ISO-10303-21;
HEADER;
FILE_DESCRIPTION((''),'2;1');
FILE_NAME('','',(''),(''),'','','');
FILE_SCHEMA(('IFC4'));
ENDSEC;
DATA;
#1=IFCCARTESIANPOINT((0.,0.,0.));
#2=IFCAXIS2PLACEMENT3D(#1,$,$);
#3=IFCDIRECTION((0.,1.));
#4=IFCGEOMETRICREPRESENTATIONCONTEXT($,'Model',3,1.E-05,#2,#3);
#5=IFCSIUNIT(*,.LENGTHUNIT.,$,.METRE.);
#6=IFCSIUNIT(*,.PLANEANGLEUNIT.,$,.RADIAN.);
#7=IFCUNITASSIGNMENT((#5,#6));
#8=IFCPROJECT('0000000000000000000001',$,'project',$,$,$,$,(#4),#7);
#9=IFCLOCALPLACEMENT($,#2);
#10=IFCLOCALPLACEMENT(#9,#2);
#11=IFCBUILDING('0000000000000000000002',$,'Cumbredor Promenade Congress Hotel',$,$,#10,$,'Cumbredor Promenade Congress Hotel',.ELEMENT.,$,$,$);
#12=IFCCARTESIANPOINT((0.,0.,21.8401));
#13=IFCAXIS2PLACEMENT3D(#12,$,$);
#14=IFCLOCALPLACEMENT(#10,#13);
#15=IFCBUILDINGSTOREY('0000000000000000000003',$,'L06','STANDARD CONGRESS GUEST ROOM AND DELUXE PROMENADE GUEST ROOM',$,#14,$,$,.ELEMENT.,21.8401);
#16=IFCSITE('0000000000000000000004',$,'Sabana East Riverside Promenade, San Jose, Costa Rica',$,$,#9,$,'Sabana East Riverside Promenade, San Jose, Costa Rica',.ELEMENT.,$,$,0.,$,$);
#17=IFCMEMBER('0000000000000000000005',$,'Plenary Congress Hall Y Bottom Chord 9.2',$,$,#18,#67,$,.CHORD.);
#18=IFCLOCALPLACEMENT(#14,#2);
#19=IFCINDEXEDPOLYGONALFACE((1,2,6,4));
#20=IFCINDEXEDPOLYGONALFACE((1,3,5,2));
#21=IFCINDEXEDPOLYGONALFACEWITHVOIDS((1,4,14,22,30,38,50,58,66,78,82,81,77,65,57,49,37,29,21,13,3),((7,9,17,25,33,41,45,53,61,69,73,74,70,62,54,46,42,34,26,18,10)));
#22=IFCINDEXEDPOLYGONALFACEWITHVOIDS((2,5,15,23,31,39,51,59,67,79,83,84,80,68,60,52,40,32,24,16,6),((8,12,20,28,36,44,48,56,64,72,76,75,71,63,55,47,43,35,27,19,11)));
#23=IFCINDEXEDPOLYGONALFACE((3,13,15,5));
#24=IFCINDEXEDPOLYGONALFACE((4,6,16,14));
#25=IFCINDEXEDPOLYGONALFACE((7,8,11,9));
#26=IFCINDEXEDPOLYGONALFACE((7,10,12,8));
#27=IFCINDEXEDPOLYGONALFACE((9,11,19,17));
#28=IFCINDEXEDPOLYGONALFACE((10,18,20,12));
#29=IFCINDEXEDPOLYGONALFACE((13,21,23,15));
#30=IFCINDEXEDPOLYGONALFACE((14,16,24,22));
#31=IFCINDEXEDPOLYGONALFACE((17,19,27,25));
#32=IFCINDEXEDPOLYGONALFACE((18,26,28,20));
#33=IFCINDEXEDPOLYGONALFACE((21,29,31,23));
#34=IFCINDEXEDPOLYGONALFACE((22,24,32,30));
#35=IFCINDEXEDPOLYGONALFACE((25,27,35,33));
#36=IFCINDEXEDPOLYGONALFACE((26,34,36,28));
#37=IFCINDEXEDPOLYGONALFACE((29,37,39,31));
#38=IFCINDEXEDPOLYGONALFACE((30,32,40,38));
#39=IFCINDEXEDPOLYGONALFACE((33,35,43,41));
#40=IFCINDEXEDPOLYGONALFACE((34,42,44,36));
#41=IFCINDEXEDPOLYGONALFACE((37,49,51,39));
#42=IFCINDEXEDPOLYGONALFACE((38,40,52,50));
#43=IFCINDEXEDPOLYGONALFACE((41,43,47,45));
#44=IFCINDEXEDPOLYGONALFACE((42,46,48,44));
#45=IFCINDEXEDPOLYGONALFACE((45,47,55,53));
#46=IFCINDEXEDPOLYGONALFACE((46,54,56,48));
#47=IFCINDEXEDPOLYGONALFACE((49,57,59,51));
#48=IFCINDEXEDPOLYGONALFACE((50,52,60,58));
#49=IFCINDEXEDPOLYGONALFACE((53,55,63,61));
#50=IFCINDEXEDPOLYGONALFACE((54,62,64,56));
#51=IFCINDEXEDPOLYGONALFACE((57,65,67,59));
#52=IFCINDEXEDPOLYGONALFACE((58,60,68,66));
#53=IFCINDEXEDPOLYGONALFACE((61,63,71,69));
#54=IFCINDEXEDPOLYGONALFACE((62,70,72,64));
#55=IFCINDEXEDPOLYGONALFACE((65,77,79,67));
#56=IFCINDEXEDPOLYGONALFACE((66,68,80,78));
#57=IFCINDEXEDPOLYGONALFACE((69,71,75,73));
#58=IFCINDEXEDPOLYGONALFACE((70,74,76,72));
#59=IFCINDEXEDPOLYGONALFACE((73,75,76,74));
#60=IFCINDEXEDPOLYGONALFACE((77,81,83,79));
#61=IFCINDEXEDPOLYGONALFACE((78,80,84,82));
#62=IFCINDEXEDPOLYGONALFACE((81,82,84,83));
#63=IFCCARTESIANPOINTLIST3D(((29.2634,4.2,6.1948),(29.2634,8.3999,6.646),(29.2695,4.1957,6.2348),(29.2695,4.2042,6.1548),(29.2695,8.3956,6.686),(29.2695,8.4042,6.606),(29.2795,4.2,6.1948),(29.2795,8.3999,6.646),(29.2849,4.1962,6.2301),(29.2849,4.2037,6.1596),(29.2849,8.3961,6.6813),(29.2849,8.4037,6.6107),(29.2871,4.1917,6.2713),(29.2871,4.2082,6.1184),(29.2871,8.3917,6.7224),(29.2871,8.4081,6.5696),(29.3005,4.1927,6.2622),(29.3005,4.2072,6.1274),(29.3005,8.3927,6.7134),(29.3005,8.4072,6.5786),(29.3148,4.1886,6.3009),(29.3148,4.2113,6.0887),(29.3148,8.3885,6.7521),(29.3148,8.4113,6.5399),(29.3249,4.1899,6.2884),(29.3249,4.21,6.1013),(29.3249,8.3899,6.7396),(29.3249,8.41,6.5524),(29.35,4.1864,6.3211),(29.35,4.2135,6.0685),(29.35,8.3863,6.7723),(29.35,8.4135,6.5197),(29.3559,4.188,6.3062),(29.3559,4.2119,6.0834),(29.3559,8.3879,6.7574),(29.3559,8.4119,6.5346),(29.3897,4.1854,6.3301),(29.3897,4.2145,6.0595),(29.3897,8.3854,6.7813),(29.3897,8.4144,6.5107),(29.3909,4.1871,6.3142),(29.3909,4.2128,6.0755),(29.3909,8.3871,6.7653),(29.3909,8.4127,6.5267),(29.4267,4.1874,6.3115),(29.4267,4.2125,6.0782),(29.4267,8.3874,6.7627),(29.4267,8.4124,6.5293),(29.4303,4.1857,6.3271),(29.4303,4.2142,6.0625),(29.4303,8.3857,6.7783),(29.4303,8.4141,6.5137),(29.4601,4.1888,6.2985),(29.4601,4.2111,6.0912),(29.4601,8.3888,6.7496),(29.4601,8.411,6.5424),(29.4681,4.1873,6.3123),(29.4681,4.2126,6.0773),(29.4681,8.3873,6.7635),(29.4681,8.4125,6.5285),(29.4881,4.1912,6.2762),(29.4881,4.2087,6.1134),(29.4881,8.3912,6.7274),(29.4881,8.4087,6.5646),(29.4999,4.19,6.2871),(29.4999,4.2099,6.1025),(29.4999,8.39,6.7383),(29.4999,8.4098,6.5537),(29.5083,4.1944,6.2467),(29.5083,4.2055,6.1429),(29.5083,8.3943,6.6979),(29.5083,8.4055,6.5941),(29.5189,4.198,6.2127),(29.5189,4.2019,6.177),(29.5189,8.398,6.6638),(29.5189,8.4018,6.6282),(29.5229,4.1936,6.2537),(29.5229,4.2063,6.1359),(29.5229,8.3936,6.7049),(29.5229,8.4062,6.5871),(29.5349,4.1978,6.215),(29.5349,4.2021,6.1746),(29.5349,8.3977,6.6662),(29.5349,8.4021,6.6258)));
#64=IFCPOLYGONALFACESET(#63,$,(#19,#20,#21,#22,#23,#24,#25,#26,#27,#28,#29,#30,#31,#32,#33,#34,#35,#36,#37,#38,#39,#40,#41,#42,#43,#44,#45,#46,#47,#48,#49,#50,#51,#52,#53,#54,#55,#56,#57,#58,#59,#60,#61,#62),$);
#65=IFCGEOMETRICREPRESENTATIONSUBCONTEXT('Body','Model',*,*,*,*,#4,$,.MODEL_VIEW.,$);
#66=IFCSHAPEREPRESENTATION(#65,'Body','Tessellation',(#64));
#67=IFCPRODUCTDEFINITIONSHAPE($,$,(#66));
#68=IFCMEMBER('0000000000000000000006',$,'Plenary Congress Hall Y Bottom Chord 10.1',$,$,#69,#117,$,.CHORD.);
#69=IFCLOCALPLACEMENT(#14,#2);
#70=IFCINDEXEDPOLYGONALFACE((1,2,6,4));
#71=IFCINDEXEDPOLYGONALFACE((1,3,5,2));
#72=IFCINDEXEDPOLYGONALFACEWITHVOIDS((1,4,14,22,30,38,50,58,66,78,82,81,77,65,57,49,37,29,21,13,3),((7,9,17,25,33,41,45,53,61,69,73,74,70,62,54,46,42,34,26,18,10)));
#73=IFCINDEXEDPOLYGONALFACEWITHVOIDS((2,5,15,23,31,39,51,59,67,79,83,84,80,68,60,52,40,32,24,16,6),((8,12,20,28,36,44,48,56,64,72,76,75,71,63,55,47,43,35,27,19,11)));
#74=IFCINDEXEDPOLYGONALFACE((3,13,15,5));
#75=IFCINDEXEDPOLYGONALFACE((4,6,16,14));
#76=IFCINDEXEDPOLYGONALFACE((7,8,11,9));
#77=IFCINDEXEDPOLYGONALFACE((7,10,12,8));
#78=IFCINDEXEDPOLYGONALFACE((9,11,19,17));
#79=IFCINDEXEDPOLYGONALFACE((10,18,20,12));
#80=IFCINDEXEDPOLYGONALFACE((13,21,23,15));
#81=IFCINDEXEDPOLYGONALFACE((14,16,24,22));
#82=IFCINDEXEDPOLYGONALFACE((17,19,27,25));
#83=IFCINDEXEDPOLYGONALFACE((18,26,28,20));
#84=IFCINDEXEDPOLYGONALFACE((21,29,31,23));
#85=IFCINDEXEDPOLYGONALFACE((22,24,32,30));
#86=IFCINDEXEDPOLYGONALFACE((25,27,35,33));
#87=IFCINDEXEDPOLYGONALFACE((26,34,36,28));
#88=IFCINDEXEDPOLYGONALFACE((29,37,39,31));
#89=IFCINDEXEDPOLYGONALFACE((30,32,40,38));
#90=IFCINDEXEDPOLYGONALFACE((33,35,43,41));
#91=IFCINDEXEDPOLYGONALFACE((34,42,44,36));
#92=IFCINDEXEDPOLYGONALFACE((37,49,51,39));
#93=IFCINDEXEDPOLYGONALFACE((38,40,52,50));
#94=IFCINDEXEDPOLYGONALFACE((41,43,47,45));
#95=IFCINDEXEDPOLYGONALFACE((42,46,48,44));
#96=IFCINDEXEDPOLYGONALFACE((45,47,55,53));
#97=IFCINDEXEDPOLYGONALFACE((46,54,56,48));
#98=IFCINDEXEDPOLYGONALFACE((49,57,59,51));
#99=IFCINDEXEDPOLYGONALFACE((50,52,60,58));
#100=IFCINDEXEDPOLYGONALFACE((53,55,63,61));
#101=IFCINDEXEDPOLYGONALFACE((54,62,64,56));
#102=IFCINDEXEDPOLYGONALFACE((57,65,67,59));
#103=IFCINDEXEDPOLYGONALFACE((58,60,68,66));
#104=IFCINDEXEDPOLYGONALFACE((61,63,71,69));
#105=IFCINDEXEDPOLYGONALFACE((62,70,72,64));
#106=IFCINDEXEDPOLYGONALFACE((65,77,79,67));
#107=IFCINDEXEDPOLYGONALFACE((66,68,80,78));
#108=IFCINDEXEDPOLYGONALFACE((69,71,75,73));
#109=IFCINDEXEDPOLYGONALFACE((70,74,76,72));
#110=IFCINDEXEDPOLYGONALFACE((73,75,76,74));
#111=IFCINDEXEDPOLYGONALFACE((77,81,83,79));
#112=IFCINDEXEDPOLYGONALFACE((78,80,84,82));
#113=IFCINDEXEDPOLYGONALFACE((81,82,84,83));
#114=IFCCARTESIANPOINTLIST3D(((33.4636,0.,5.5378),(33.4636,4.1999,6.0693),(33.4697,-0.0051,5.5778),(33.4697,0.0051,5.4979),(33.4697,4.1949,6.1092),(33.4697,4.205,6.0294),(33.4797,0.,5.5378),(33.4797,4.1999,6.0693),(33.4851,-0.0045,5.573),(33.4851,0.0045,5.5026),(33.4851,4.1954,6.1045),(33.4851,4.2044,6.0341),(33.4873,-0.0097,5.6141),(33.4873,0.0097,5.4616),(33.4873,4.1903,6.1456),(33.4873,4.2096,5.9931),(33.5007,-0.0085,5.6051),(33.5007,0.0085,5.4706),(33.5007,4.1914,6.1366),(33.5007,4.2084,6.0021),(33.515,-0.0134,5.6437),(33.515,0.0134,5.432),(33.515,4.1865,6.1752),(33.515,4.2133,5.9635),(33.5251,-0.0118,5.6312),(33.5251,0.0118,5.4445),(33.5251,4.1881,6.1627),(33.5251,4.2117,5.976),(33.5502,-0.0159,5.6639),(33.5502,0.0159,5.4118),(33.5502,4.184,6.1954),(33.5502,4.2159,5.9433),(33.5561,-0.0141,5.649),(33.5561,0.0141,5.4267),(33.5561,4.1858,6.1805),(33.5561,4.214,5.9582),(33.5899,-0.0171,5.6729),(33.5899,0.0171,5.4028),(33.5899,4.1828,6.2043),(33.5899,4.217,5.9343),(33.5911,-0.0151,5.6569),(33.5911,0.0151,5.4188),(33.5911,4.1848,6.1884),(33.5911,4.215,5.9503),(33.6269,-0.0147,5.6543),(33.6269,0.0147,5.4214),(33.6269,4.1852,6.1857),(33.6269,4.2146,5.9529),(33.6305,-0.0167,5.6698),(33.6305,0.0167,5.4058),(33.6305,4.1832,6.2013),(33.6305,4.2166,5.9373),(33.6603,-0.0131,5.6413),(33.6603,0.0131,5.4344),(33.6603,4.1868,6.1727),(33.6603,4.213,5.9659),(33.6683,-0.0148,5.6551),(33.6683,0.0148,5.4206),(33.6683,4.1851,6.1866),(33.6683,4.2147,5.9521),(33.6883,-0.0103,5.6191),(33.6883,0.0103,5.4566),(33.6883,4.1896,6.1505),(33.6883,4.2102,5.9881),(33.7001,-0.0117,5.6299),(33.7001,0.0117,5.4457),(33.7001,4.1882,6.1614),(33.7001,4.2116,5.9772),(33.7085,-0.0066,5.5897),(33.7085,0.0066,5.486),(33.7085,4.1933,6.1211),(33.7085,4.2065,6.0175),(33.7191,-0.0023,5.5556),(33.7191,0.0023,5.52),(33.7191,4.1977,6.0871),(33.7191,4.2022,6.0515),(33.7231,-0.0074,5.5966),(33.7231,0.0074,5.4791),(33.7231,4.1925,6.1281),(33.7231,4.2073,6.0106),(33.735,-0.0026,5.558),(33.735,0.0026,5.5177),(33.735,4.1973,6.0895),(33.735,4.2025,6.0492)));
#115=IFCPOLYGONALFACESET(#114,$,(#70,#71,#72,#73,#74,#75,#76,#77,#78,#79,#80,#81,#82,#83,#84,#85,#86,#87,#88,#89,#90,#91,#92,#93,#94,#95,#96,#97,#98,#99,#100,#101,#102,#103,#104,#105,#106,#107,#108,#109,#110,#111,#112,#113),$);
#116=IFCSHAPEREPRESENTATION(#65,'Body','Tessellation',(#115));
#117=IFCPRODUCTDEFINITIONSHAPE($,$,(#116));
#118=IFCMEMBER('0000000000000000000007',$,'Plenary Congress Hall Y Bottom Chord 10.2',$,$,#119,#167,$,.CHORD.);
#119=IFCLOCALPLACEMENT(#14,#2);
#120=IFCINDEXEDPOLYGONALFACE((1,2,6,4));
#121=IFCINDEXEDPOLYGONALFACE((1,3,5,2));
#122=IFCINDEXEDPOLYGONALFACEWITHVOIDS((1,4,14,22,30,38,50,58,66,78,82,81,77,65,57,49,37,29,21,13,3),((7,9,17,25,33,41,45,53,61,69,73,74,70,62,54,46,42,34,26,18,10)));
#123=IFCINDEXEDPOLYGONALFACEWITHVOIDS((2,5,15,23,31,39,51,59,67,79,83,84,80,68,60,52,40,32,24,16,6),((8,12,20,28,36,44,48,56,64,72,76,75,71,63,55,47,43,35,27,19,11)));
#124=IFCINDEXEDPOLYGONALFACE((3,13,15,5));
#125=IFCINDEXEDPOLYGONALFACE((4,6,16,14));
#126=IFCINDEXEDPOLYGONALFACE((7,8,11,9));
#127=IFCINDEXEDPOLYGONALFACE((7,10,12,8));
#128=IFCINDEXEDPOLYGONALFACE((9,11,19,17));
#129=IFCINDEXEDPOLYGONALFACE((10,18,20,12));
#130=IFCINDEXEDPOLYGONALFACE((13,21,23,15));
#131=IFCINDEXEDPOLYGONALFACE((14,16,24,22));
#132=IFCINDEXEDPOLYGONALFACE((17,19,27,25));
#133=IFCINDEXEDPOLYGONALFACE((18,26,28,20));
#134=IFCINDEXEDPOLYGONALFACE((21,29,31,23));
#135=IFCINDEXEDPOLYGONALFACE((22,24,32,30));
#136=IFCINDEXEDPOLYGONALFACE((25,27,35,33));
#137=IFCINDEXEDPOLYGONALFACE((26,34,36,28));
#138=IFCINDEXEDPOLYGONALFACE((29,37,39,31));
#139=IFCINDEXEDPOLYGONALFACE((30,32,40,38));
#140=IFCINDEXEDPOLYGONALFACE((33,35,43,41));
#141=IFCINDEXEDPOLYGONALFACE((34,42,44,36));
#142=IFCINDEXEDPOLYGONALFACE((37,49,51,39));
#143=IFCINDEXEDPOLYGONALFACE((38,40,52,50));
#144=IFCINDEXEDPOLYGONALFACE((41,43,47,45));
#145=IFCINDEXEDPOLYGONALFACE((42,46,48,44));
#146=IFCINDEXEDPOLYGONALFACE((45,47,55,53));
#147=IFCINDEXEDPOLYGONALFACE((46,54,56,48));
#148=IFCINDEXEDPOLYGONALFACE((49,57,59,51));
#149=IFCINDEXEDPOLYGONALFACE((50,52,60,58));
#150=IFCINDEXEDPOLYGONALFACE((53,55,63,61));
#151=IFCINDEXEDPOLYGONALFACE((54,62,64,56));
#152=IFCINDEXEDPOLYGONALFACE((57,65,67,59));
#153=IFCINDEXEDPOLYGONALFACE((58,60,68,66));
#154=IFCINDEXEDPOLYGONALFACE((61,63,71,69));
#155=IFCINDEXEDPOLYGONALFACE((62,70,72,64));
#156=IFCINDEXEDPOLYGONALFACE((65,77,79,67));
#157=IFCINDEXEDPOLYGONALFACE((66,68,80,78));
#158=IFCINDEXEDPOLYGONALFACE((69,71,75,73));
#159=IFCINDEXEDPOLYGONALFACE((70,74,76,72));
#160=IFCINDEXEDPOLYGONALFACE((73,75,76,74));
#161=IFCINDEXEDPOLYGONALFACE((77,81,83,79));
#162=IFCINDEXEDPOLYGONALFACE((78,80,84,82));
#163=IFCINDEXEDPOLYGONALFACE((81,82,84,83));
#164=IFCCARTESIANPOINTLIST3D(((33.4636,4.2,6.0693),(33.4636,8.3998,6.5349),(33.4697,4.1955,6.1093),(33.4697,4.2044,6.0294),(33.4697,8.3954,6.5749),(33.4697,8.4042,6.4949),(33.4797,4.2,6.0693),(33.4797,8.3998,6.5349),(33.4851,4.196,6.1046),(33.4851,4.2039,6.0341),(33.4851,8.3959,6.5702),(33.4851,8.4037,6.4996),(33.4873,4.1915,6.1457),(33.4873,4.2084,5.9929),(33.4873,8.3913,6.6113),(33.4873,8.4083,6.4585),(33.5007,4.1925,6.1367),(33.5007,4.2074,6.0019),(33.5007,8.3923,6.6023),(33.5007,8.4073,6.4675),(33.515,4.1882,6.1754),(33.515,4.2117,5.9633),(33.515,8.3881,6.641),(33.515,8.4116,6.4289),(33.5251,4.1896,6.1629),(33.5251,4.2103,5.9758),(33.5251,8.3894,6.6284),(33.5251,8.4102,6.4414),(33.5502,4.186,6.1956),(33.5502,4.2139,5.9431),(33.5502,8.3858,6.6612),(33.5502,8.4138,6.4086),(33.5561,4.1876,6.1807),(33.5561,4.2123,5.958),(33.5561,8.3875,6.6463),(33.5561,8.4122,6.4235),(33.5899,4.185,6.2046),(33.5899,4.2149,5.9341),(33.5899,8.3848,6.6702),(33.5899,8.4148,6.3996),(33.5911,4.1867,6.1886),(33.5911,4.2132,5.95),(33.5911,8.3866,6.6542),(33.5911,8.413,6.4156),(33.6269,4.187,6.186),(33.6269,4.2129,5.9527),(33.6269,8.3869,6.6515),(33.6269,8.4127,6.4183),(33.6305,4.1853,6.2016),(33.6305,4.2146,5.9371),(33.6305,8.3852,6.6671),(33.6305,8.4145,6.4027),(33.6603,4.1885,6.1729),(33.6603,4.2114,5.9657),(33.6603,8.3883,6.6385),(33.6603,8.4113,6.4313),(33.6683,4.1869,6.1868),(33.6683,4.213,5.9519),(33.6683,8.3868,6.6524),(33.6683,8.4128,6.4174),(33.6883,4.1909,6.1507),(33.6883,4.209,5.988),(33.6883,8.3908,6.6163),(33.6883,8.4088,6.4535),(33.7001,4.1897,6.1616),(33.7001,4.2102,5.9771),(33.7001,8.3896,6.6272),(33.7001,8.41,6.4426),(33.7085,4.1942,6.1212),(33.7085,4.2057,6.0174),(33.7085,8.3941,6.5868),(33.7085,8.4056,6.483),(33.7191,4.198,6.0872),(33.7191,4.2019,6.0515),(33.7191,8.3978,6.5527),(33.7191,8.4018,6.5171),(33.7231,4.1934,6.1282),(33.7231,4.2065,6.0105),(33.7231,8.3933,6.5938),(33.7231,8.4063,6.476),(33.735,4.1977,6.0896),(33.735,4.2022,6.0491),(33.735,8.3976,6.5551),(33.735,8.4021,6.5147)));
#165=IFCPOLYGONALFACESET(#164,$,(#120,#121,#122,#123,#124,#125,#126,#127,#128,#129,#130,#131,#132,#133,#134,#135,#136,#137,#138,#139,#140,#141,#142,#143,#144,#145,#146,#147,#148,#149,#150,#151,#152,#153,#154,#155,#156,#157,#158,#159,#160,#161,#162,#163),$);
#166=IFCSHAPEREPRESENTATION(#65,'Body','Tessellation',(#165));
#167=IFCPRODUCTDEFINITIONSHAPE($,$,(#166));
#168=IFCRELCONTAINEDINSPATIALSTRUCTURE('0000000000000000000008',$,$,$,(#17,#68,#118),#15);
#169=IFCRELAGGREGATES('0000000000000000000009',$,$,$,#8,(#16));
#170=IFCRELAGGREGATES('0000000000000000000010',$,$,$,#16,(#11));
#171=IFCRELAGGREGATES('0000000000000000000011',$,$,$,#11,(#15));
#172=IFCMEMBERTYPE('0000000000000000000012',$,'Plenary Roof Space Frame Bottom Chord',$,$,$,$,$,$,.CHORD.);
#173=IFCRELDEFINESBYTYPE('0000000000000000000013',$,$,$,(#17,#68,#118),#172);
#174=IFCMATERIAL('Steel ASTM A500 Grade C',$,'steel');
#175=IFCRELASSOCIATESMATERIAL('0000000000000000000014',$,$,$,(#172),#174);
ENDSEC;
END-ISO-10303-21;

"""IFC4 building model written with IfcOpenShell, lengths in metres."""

from ifc_helpers import new_model, si_unit, direction, frame, origin, origin_2d, place, context, subcontext, project, spatial, hollow_circle, extrude, material, material_profile, profile_set, type_object, element, save


model = new_model("IFC4")

# Units and contexts
model_context = context("Model", 3, precision=1e-05, world=origin(), true_north=direction((0.0, 1.0)))
body_context = subcontext(model_context, "Body", "Model", "MODEL_VIEW")
ifc_project = project(units=[si_unit("LENGTHUNIT", "METRE"), si_unit("PLANEANGLEUNIT", "RADIAN")], contexts=[model_context])

# Site, building, storey
site_placement = place(None, origin())
site = spatial("IfcSite", under=ifc_project, at=site_placement, Name="Sabana East Riverside Promenade, San Jose, Costa Rica", LongName="Sabana East Riverside Promenade, San Jose, Costa Rica", CompositionType="ELEMENT", RefElevation=0.0)
building_placement = place(site_placement, origin())
building = spatial("IfcBuilding", under=site, at=building_placement, Name="Cumbredor Promenade Congress Hotel", LongName="Cumbredor Promenade Congress Hotel", CompositionType="ELEMENT")
storey_placement = place(building_placement, frame((0.0, 0.0, 21.8401)))
storey = spatial("IfcBuildingStorey", under=building, at=storey_placement, Name="L06", Description="STANDARD CONGRESS GUEST ROOM AND DELUXE PROMENADE GUEST ROOM", CompositionType="ELEMENT", Elevation=21.8401)

# Members
ifc_material_1 = material(Name="Steel ASTM A500 Grade C", Category="steel")
ifc_material_profile_1 = material_profile(ifc_material_1, hollow_circle(Radius=0.1365, WallThickness=0.0161, at=origin_2d()), Name="CHS 273.0x16")
ifc_profile_set_1 = profile_set([ifc_material_profile_1], Name="Steel ASTM A500 Grade C")
member_type_1 = type_object("IfcMemberType", Name="Plenary Roof Space Frame Bottom Chord", PredefinedType="CHORD", material=ifc_profile_set_1)
member_1_placement = place(storey_placement, frame((29.3999, 4.2, 6.1948), z_axis=(0.0, 0.99428, 0.106809), x_axis=(-1.0, 0.0, 0.0)))
element("IfcMember", 1, at=member_1_placement, inside=storey, type_object=member_type_1, Name="Plenary Congress Hall Y Bottom Chord 9.2", PredefinedType="CHORD", context=body_context, shape_type="SweptSolid", body=[
    extrude(hollow_circle(Radius=0.1365, WallThickness=0.0161, at=origin_2d()), origin(), (0.0, 0.0, 1.0), 4.2241),
])
member_2_placement = place(storey_placement, frame((33.6001, 0.0, 5.5378), z_axis=(0.0, 0.992088, 0.125546), x_axis=(-1.0, 0.0, 0.0)))
element("IfcMember", 2, at=member_2_placement, inside=storey, type_object=member_type_1, Name="Plenary Congress Hall Y Bottom Chord 10.1", PredefinedType="CHORD", context=body_context, shape_type="SweptSolid", body=[
    extrude(hollow_circle(Radius=0.1365, WallThickness=0.0161, at=origin_2d()), origin(), (0.0, 0.0, 1.0), 4.2334),
])
member_3_placement = place(storey_placement, frame((33.6001, 4.2, 6.0693), z_axis=(0.0, 0.993912, 0.110178), x_axis=(-1.0, 0.0, 0.0)))
element("IfcMember", 3, at=member_3_placement, inside=storey, type_object=member_type_1, Name="Plenary Congress Hall Y Bottom Chord 10.2", PredefinedType="CHORD", context=body_context, shape_type="SweptSolid", body=[
    extrude(hollow_circle(Radius=0.1365, WallThickness=0.0161, at=origin_2d()), origin(), (0.0, 0.0, 1.0), 4.2256),
])

save(model, "model.ifc")
